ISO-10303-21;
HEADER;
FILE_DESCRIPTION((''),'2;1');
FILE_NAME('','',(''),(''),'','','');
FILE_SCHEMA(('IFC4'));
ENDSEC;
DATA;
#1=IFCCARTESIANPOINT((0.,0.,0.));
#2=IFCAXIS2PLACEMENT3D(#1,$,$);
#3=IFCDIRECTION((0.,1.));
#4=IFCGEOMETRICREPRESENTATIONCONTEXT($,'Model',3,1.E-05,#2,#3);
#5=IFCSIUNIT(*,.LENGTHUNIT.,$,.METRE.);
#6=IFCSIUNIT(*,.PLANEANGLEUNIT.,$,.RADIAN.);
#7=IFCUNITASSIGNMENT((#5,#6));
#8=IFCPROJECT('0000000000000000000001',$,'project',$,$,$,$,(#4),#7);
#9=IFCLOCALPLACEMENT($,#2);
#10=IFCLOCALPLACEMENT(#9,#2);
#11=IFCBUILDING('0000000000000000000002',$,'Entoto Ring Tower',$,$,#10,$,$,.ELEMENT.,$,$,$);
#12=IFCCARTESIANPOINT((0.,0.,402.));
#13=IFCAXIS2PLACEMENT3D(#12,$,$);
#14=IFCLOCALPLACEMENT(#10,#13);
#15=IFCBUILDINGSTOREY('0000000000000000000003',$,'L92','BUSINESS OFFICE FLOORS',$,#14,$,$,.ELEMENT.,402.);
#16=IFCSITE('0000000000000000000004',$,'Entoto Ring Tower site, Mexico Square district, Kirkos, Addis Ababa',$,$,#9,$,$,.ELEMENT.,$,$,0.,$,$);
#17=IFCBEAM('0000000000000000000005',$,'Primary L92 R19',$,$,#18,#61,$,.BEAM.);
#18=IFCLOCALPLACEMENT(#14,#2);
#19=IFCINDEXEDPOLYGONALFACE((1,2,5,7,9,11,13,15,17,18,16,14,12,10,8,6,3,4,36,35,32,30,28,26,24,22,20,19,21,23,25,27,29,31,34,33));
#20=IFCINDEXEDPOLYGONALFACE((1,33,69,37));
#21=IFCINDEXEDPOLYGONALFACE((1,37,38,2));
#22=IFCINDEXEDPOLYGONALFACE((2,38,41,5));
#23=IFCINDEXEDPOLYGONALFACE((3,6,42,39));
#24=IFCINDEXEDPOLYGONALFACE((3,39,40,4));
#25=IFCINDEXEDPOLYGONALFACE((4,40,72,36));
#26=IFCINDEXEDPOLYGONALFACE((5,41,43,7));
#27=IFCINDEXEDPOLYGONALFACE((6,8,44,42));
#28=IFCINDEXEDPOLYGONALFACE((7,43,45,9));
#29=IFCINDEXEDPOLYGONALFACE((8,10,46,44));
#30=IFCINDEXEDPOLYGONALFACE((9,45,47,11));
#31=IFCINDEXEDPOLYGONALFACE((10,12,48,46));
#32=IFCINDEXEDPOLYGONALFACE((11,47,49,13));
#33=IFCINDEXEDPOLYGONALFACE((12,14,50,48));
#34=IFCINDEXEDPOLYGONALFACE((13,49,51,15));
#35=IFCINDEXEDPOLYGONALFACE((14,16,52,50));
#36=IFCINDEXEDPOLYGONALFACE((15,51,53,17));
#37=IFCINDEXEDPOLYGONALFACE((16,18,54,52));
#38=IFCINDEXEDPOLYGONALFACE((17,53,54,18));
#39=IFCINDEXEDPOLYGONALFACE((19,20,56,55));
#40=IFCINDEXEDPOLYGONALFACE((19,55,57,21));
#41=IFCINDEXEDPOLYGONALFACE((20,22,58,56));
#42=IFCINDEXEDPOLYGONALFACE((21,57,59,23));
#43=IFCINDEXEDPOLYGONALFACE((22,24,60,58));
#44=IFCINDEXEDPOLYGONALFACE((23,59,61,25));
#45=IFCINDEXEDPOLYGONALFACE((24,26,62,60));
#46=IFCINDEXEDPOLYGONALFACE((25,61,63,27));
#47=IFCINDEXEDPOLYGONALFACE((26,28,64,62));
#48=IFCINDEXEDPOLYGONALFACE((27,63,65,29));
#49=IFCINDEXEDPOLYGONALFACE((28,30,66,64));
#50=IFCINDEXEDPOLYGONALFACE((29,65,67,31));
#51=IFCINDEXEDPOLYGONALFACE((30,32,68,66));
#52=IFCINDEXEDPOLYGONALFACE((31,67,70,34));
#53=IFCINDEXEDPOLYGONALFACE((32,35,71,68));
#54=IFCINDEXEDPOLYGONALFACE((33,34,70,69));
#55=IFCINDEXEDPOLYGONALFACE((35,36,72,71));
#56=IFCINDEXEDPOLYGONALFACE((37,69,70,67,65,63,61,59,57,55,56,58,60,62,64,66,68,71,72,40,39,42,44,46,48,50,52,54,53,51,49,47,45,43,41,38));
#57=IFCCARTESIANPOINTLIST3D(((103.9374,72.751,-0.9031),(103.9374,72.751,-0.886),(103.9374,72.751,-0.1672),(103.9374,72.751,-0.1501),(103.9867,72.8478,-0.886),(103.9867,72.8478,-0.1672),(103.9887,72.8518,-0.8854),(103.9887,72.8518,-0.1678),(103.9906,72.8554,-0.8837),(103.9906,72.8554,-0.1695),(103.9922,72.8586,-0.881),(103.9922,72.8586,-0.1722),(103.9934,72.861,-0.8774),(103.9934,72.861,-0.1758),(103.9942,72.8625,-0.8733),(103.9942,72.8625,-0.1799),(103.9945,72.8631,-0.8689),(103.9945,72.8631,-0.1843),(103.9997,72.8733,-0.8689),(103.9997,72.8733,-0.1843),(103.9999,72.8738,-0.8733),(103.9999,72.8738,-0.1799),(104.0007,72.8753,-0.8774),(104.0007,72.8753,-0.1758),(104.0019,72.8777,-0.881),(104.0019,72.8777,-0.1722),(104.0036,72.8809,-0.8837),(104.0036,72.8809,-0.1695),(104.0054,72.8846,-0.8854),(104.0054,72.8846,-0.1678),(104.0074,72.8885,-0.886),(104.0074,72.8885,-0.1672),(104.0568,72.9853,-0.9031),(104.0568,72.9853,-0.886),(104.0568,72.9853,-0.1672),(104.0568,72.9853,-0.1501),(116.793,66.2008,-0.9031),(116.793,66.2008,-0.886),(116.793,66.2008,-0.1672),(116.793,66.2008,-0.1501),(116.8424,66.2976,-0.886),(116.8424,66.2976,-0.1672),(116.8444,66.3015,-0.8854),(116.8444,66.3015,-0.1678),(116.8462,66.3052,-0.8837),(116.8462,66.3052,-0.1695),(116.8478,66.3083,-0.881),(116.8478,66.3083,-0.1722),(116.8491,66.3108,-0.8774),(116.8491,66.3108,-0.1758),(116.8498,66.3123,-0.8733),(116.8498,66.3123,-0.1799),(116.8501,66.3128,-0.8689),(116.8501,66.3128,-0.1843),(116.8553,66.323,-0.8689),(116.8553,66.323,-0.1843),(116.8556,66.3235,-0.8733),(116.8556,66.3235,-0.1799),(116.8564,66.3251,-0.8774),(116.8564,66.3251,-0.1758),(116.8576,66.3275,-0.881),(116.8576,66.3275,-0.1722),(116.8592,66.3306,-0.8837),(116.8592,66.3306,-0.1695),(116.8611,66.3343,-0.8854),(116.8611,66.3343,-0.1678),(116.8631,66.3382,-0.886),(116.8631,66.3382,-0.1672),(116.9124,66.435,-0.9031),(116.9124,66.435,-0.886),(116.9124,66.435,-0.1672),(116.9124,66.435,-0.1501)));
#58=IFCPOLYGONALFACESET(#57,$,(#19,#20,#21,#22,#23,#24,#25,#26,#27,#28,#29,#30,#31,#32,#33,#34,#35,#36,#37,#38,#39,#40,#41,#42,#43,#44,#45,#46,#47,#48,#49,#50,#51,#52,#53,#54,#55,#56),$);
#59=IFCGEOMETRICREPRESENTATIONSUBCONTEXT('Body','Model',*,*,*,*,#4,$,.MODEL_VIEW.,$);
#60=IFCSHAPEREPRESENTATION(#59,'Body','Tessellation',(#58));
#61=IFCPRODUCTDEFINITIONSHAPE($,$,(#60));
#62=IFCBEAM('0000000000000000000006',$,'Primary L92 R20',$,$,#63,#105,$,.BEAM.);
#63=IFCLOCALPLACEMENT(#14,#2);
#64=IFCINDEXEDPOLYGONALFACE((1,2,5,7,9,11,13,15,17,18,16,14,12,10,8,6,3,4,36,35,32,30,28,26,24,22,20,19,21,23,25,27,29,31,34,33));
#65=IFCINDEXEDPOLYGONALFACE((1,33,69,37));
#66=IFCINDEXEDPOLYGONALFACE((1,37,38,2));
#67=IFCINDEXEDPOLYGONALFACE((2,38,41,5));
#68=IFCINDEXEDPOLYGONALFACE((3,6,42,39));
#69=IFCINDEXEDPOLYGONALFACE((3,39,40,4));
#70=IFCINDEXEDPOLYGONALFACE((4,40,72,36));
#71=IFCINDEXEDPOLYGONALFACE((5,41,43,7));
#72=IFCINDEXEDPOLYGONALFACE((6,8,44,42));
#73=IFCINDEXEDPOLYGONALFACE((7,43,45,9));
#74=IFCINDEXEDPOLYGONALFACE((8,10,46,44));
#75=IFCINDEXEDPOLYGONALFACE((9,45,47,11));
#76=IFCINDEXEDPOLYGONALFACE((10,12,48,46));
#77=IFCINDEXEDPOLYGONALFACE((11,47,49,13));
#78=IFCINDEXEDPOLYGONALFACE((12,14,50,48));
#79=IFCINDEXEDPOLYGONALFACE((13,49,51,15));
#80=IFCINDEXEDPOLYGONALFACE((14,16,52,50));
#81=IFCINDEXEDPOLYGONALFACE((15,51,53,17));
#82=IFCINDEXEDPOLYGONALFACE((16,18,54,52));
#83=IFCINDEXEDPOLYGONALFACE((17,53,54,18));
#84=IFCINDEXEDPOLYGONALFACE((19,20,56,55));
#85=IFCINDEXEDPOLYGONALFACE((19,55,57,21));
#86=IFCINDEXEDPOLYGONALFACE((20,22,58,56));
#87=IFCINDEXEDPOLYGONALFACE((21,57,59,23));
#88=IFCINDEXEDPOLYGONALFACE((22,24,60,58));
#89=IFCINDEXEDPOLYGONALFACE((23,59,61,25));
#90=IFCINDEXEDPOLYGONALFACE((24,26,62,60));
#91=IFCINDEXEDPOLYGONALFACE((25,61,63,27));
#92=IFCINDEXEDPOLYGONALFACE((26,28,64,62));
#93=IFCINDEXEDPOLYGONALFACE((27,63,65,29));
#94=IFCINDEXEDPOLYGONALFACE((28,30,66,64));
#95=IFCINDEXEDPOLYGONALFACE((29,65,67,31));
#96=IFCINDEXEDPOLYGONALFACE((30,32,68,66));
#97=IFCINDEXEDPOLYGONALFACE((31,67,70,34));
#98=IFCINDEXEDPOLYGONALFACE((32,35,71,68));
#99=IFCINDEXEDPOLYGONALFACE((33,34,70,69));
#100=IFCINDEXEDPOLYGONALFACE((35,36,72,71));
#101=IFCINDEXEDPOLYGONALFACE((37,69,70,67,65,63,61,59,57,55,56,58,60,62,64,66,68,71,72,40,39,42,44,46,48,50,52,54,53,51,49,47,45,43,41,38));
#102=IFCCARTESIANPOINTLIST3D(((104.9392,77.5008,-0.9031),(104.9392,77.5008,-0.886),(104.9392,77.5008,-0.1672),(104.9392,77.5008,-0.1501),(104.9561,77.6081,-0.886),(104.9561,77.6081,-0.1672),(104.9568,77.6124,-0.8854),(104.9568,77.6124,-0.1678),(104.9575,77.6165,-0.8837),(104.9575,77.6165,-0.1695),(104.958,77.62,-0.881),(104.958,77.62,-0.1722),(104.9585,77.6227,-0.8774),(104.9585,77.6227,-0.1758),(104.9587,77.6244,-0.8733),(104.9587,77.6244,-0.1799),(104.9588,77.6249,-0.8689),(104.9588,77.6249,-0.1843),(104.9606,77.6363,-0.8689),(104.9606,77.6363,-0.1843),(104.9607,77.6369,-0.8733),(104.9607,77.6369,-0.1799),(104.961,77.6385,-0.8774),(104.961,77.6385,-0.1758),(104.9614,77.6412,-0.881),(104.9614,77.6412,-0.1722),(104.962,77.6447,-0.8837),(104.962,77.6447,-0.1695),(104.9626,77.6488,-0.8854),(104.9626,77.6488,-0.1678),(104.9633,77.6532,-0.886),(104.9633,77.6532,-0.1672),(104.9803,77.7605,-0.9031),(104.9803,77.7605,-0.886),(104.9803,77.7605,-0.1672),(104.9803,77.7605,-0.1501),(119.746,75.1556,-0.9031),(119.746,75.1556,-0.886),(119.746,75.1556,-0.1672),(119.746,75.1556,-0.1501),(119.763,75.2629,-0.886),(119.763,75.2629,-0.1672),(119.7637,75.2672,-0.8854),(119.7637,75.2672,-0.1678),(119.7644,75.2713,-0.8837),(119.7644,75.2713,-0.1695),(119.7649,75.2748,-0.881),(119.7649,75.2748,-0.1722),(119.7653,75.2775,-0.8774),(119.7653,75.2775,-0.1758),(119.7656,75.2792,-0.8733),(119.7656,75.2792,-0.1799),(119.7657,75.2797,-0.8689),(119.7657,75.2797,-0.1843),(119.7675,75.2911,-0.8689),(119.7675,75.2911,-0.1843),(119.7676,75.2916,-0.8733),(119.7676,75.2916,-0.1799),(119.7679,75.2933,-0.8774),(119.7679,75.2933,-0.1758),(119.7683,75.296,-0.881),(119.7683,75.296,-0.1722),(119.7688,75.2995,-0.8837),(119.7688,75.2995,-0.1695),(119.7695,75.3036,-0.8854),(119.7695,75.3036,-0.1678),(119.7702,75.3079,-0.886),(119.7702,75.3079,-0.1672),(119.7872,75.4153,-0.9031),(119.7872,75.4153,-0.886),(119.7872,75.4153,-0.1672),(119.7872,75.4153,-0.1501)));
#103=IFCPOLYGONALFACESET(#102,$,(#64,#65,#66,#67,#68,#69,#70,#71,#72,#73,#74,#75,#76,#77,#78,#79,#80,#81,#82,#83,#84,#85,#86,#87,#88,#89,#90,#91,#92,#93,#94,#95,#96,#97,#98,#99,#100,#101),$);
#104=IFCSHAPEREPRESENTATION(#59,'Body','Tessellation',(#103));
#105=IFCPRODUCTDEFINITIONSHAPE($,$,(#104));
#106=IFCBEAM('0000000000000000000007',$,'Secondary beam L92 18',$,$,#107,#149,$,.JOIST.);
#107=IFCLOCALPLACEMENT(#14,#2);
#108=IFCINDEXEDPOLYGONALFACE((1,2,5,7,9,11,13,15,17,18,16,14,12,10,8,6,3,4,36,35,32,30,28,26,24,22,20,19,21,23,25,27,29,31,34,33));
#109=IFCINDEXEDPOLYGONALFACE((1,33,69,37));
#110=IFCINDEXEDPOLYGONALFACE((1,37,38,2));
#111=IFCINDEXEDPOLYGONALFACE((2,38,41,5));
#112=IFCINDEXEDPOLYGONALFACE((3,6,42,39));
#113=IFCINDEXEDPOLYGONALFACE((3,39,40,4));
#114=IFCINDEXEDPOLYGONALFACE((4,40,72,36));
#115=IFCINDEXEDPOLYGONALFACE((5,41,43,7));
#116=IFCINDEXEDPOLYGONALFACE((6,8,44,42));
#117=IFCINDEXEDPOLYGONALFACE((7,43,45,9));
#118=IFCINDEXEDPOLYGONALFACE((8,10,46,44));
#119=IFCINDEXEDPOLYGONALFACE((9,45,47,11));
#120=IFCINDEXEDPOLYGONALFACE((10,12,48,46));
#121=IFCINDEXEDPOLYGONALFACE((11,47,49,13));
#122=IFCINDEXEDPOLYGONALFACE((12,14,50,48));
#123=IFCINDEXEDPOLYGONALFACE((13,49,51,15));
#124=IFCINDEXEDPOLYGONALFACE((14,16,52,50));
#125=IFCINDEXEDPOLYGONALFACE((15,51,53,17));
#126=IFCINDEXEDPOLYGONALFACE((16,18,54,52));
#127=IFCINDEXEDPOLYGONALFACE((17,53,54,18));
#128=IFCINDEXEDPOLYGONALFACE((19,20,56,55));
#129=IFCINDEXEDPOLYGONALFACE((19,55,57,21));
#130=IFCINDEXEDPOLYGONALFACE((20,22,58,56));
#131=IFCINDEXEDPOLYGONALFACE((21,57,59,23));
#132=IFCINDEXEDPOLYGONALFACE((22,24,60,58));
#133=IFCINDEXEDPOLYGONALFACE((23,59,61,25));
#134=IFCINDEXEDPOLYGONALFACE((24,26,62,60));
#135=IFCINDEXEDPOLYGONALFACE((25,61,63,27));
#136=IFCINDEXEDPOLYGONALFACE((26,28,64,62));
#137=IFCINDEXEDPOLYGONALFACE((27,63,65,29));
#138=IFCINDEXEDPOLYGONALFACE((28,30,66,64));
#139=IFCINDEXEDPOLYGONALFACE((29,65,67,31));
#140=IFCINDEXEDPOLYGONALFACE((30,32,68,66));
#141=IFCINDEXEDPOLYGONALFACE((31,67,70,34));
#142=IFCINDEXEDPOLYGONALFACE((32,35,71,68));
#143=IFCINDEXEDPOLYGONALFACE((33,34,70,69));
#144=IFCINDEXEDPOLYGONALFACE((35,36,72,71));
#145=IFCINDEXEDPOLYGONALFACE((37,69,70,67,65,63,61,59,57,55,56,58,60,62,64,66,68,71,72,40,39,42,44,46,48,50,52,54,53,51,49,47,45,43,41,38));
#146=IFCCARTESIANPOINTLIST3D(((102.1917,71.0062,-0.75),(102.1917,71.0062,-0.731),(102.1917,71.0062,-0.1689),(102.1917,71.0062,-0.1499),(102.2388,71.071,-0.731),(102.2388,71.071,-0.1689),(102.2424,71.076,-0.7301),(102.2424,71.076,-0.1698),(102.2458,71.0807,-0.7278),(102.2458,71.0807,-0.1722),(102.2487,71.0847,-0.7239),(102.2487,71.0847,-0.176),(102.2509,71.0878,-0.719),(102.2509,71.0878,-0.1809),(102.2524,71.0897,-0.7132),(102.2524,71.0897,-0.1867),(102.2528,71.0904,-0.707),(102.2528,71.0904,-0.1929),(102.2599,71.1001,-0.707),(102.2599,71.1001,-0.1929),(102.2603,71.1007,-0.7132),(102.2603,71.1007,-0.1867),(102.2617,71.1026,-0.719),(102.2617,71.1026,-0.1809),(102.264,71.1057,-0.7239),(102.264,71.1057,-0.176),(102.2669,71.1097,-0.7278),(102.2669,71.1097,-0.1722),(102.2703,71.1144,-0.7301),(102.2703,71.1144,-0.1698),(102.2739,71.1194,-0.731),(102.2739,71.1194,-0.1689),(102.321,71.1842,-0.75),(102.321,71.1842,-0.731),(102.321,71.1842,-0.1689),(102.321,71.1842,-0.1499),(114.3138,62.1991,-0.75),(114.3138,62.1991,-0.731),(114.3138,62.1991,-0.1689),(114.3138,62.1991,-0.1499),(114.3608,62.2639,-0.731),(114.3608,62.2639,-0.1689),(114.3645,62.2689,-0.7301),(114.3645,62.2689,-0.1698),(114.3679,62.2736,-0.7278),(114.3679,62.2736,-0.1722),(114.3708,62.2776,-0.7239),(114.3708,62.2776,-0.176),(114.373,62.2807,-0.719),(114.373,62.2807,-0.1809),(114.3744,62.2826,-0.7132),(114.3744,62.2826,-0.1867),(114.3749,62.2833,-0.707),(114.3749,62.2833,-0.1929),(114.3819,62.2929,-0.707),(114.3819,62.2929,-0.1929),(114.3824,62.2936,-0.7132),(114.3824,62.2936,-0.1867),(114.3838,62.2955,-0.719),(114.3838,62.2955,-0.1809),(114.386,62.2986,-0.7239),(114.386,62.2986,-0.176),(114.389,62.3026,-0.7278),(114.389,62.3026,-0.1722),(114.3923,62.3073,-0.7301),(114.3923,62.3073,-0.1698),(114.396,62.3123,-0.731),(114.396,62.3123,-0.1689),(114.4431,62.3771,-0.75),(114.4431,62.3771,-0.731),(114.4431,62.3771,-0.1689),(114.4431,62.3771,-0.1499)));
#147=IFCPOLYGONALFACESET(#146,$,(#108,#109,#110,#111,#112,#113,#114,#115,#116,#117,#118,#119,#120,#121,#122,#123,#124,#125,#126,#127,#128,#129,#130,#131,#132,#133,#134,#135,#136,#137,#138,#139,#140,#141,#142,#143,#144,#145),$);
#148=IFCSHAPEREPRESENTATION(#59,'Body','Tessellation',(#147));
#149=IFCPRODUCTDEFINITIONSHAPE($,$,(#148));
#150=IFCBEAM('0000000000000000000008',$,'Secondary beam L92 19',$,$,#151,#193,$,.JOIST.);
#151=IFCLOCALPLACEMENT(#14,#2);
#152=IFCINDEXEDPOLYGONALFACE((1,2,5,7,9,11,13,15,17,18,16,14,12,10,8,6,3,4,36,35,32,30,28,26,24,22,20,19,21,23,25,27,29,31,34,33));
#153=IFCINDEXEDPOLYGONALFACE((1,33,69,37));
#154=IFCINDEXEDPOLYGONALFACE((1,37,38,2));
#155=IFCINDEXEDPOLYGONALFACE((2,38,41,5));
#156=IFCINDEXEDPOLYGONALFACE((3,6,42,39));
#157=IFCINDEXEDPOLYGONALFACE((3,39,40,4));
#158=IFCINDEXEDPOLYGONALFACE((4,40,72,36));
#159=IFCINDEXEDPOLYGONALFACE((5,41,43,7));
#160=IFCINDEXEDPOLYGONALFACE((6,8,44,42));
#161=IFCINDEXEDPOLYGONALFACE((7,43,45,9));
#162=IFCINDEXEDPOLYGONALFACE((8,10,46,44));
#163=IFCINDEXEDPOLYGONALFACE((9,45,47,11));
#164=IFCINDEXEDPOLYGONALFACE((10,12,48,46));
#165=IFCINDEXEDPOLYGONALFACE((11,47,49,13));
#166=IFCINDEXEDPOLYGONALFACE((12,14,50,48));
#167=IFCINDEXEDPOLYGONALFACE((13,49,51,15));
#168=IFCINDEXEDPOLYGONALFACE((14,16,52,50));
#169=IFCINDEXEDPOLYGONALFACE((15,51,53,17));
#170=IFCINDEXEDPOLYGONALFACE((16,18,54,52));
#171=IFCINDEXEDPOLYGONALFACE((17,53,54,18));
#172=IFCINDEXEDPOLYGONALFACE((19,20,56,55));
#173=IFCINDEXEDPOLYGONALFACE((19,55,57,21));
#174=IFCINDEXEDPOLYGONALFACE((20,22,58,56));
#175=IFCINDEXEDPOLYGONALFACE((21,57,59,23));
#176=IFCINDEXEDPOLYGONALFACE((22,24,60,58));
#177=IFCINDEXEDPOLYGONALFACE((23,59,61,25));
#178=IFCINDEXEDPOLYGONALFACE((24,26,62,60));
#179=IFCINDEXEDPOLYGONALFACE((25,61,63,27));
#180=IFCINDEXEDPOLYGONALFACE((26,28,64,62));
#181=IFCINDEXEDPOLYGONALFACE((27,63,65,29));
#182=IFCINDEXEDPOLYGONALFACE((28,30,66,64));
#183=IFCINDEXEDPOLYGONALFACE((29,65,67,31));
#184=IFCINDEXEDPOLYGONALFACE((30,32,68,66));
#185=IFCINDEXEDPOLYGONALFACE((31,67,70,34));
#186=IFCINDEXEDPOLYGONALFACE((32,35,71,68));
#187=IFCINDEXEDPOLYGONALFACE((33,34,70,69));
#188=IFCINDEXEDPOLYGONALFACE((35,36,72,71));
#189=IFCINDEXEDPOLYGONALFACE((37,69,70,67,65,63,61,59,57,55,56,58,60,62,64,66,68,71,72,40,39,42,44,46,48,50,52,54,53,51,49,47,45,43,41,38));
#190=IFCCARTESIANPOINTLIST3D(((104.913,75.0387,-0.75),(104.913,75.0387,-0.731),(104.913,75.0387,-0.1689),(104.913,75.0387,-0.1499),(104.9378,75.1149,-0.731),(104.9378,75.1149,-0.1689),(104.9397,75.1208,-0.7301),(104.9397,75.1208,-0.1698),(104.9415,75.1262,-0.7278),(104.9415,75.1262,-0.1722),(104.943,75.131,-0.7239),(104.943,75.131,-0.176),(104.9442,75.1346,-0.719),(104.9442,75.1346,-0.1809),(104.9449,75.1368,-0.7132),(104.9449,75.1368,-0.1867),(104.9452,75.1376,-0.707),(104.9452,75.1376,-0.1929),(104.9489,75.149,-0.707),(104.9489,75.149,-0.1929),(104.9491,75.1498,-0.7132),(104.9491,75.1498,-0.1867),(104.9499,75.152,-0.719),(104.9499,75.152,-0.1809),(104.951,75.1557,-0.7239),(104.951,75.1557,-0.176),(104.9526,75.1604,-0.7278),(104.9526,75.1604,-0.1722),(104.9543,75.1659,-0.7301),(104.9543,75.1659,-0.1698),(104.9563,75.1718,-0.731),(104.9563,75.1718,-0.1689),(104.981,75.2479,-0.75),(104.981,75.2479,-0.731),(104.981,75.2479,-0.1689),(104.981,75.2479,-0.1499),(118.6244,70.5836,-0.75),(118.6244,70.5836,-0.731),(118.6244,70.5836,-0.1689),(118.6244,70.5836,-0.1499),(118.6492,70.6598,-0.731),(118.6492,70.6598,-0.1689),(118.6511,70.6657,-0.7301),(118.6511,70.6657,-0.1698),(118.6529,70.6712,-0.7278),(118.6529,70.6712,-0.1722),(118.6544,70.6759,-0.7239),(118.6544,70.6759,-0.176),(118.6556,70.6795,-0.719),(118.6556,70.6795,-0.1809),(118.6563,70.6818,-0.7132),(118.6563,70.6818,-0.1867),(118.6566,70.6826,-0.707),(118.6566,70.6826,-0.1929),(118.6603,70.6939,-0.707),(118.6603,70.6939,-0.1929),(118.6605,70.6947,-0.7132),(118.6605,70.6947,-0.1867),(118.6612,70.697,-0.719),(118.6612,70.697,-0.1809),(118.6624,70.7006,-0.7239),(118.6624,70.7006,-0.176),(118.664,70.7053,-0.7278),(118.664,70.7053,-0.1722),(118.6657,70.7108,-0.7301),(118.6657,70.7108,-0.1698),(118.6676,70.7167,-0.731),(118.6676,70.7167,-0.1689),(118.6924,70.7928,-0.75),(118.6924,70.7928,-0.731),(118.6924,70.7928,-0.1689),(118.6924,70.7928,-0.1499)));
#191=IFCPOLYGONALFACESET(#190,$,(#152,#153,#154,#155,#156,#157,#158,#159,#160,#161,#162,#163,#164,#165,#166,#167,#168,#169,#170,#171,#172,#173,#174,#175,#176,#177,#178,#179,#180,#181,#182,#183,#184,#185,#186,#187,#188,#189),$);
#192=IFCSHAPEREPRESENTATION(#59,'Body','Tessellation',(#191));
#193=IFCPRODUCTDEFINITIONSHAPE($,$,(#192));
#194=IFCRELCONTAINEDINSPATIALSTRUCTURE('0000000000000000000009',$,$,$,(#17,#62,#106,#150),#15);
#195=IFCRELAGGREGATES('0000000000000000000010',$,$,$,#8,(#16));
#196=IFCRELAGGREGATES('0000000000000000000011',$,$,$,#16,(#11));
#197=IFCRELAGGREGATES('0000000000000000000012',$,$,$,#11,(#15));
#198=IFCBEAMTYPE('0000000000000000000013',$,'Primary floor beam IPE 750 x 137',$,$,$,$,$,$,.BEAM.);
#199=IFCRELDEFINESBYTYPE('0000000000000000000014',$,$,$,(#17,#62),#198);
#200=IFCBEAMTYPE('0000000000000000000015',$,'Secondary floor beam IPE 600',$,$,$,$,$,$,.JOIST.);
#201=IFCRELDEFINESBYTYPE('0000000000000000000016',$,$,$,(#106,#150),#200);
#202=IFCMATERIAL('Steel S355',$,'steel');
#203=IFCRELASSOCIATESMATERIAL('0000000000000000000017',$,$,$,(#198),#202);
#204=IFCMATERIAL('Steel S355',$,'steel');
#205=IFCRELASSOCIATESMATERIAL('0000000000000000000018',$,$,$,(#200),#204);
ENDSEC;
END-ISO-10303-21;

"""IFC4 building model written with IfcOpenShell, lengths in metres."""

from ifc_helpers import new_model, si_unit, direction, frame, origin, origin_2d, place, context, subcontext, project, spatial, i_section, extrude, material, material_profile, profile_set, type_object, element, save


model = new_model("IFC4")

# Units and contexts
model_context = context("Model", 3, precision=1e-05, world=origin(), true_north=direction((0.0, 1.0)))
body_context = subcontext(model_context, "Body", "Model", "MODEL_VIEW")
ifc_project = project(units=[si_unit("LENGTHUNIT", "METRE"), si_unit("PLANEANGLEUNIT", "RADIAN")], contexts=[model_context])

# Site, building, storey
site_placement = place(None, origin())
site = spatial("IfcSite", under=ifc_project, at=site_placement, Name="Entoto Ring Tower site, Mexico Square district, Kirkos, Addis Ababa", CompositionType="ELEMENT", RefElevation=0.0)
building_placement = place(site_placement, origin())
building = spatial("IfcBuilding", under=site, at=building_placement, Name="Entoto Ring Tower", CompositionType="ELEMENT")
storey_placement = place(building_placement, frame((0.0, 0.0, 402.0)))
storey = spatial("IfcBuildingStorey", under=building, at=storey_placement, Name="L92", Description="BUSINESS OFFICE FLOORS", CompositionType="ELEMENT", Elevation=402.0)

# Beams
ifc_material_1 = material(Name="Steel S355", Category="steel")
ifc_material_profile_1 = material_profile(ifc_material_1, i_section(OverallWidth=0.2629, OverallDepth=0.7529, WebThickness=0.0115, FlangeThickness=0.0171, FilletRadius=0.0171, at=origin_2d()), Name="IPE 750 x 137")
ifc_profile_set_1 = profile_set([ifc_material_profile_1], Name="Steel S355")
beam_type_1 = type_object("IfcBeamType", Name="Primary floor beam IPE 750 x 137", PredefinedType="BEAM", material=ifc_profile_set_1)
beam_1_placement = place(storey_placement, frame((103.9971, 72.8682, -0.5266), z_axis=(0.891007, -0.453989, 0.0), x_axis=(0.453989, 0.891007, 0.0)))
element("IfcBeam", 1, at=beam_1_placement, inside=storey, type_object=beam_type_1, Name="Primary L92 R19", PredefinedType="BEAM", context=body_context, shape_type="SweptSolid", body=[
    extrude(i_section(OverallWidth=0.2629, OverallDepth=0.7529, WebThickness=0.0115, FlangeThickness=0.0171, FilletRadius=0.0171, at=origin_2d()), origin(), (0.0, 0.0, 1.0), 14.4282),
])
beam_2_placement = place(storey_placement, frame((104.9597, 77.6306, -0.5266), z_axis=(0.987688, -0.156437, 0.0), x_axis=(0.156437, 0.987688, 0.0)))
element("IfcBeam", 2, at=beam_2_placement, inside=storey, type_object=beam_type_1, Name="Primary L92 R20", PredefinedType="BEAM", context=body_context, shape_type="SweptSolid", body=[
    extrude(i_section(OverallWidth=0.2629, OverallDepth=0.7529, WebThickness=0.0115, FlangeThickness=0.0171, FilletRadius=0.0171, at=origin_2d()), origin(), (0.0, 0.0, 1.0), 14.9915),
])
ifc_material_2 = material(Name="Steel S355", Category="steel")
ifc_material_profile_2 = material_profile(ifc_material_2, i_section(OverallWidth=0.22, OverallDepth=0.6001, WebThickness=0.012, FlangeThickness=0.019, FilletRadius=0.0239, at=origin_2d()), Name="IPE 600")
ifc_profile_set_2 = profile_set([ifc_material_profile_2], Name="Steel S355")
beam_type_2 = type_object("IfcBeamType", Name="Secondary floor beam IPE 600", PredefinedType="JOIST", material=ifc_profile_set_2)
beam_3_placement = place(storey_placement, frame((102.2563, 71.0952, -0.45), z_axis=(0.809019, -0.587782, 0.0), x_axis=(0.587782, 0.809019, 0.0)))
element("IfcBeam", 3, at=beam_3_placement, inside=storey, type_object=beam_type_2, Name="Secondary beam L92 18", PredefinedType="JOIST", context=body_context, shape_type="SweptSolid", body=[
    extrude(i_section(OverallWidth=0.22, OverallDepth=0.6001, WebThickness=0.012, FlangeThickness=0.019, FilletRadius=0.0239, at=origin_2d()), origin(), (0.0, 0.0, 1.0), 14.9836),
])
beam_4_placement = place(storey_placement, frame((104.947, 75.1433, -0.45), z_axis=(0.951057, -0.309015, 0.0), x_axis=(0.309015, 0.951057, 0.0)))
element("IfcBeam", 4, at=beam_4_placement, inside=storey, type_object=beam_type_2, Name="Secondary beam L92 19", PredefinedType="JOIST", context=body_context, shape_type="SweptSolid", body=[
    extrude(i_section(OverallWidth=0.22, OverallDepth=0.6001, WebThickness=0.012, FlangeThickness=0.019, FilletRadius=0.0239, at=origin_2d()), origin(), (0.0, 0.0, 1.0), 14.417),
])

save(model, "model.ifc")
